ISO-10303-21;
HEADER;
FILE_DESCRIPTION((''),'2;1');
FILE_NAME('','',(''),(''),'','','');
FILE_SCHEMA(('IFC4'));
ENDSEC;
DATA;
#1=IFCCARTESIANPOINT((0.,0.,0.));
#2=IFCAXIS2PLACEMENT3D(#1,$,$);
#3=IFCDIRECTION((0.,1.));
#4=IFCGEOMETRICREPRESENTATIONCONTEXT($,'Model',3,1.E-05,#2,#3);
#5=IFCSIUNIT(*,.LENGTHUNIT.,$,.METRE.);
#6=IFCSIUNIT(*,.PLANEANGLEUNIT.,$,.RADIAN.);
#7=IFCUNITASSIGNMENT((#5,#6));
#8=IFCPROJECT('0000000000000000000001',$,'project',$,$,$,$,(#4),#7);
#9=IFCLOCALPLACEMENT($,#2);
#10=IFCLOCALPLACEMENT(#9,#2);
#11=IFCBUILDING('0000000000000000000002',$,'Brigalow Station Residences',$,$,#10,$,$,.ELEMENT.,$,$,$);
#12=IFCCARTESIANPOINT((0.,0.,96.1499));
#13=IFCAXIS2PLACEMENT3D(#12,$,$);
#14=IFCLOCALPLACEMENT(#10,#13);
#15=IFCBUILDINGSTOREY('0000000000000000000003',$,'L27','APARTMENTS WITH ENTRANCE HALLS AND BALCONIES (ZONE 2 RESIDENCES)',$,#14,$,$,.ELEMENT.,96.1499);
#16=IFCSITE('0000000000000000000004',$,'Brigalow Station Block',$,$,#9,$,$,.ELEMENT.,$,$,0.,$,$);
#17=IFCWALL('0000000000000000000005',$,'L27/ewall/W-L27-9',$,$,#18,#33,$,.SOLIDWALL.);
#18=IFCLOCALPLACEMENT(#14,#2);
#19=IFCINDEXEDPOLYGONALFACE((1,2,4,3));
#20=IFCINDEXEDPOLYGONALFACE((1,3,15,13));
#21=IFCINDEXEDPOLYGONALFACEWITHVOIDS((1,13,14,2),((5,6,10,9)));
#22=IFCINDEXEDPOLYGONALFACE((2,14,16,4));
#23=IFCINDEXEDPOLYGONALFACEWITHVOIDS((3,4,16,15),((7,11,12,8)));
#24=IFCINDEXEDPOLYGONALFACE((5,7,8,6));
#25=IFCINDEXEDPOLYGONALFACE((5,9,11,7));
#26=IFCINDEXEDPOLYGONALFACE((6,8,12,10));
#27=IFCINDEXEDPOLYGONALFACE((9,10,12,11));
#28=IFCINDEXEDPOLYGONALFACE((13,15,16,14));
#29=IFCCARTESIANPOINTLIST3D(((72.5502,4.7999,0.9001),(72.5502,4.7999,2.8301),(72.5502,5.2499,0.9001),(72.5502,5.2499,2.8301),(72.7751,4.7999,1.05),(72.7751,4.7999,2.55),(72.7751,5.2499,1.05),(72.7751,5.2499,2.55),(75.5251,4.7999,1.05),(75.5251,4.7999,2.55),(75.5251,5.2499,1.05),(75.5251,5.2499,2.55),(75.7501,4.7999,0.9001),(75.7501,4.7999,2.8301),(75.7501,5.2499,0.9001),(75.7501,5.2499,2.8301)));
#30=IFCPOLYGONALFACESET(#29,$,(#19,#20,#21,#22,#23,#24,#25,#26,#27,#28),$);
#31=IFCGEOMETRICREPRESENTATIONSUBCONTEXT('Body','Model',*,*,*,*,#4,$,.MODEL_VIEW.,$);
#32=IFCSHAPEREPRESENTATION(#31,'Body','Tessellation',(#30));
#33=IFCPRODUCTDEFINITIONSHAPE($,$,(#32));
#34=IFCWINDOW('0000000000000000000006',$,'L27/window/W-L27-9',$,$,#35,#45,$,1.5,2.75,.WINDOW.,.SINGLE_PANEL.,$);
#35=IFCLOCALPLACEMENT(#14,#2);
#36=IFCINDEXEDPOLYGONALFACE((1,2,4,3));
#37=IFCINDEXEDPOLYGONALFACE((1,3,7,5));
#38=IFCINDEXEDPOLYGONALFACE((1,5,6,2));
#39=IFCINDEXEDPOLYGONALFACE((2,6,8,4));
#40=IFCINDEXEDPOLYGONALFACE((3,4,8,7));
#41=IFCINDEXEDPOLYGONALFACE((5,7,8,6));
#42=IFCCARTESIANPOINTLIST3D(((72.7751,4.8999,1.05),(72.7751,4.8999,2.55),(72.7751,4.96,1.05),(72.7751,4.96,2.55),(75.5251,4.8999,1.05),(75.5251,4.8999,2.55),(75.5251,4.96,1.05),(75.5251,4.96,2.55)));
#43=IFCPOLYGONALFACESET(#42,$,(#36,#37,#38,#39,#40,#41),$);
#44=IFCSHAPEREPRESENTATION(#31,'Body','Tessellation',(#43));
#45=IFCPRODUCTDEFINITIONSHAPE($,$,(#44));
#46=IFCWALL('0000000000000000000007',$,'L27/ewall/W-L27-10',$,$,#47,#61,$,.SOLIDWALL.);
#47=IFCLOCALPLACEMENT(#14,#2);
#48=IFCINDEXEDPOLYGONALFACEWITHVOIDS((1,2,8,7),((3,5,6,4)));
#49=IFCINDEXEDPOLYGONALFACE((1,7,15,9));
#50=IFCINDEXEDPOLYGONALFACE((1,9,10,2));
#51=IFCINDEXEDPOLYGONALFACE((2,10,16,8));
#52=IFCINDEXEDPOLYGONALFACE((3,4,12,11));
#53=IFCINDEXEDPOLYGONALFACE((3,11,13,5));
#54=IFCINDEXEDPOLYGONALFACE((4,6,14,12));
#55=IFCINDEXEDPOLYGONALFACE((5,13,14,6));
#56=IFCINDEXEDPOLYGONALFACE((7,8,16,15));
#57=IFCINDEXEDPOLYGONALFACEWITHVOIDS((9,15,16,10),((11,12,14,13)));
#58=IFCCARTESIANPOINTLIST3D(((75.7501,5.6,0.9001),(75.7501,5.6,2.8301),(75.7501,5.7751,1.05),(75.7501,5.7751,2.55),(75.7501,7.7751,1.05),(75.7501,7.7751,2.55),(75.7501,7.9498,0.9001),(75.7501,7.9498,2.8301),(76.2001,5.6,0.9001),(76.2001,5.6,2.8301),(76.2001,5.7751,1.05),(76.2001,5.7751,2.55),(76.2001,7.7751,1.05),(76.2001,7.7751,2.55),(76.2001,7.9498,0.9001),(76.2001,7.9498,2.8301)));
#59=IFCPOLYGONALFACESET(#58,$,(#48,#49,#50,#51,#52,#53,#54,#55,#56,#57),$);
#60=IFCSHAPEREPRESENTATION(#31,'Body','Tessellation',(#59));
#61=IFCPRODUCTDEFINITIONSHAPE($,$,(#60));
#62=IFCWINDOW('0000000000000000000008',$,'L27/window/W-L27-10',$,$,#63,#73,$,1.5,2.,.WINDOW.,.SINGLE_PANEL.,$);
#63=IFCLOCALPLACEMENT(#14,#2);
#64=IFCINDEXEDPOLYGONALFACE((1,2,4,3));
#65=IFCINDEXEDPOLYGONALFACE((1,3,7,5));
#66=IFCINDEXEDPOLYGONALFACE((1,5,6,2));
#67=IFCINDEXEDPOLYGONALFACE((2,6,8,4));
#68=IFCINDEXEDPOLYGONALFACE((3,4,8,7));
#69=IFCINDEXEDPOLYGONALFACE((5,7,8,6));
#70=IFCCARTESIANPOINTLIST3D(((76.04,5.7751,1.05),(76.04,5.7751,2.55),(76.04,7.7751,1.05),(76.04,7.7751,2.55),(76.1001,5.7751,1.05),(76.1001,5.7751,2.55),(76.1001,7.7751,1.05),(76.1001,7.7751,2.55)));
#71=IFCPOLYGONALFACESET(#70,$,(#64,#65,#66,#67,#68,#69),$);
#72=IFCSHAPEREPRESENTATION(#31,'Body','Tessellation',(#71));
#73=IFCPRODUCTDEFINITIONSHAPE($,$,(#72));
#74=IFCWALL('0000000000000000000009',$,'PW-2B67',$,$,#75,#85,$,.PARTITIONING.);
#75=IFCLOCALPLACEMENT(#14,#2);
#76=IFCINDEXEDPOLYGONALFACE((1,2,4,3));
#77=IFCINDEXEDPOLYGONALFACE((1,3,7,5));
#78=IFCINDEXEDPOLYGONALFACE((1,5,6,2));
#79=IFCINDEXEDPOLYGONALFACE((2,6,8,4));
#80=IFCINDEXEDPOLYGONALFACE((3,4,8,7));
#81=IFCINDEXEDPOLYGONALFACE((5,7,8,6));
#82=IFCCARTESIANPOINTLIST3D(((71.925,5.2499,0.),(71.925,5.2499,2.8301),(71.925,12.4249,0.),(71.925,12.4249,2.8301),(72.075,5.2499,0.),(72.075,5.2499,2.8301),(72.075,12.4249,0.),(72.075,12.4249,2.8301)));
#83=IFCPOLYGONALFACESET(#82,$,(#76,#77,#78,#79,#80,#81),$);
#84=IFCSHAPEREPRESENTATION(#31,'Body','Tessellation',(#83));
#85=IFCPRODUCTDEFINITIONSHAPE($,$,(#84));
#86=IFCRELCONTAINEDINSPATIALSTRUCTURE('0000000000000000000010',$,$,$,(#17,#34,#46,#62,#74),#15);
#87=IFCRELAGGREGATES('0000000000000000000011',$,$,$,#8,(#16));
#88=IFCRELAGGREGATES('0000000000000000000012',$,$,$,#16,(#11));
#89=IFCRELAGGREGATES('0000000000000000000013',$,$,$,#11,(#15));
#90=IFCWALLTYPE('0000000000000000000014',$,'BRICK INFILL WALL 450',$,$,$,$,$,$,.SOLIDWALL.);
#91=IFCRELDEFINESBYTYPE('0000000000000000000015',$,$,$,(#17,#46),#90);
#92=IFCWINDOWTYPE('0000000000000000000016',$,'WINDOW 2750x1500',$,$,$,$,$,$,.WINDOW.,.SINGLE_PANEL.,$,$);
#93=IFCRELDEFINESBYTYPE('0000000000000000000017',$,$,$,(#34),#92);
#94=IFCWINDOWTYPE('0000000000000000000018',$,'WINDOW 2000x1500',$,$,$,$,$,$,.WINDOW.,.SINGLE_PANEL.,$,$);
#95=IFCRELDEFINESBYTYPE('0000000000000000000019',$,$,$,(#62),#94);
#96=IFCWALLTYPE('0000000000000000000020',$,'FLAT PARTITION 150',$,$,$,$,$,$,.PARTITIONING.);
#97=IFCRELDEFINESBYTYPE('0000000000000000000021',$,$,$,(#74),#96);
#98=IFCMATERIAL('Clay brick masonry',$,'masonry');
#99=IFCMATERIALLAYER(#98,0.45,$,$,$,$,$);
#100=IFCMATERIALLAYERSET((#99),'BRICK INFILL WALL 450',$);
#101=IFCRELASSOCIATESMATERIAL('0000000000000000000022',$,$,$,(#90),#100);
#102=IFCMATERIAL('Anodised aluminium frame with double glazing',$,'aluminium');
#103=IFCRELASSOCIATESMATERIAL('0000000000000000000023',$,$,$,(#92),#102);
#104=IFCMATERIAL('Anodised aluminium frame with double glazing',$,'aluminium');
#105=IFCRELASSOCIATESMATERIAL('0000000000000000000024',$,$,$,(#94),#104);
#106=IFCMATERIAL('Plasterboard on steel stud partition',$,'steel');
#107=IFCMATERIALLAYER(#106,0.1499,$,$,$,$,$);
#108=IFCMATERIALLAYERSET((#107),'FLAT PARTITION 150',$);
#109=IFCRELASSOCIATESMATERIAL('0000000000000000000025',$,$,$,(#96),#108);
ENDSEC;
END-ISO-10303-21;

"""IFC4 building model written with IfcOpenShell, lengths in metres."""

from ifc_helpers import new_model, si_unit, direction, frame, frame_2d, origin, place, context, subcontext, project, spatial, rectangle, extrude, material, layer, layer_set, type_object, element, fill, save


model = new_model("IFC4")

# Units and contexts
model_context = context("Model", 3, precision=1e-05, world=origin(), true_north=direction((0.0, 1.0)))
body_context = subcontext(model_context, "Body", "Model", "MODEL_VIEW")
ifc_project = project(units=[si_unit("LENGTHUNIT", "METRE"), si_unit("PLANEANGLEUNIT", "RADIAN")], contexts=[model_context])

# Site, building, storey
site_placement = place(None, origin())
site = spatial("IfcSite", under=ifc_project, at=site_placement, Name="Brigalow Station Block", CompositionType="ELEMENT", RefElevation=0.0)
building_placement = place(site_placement, origin())
building = spatial("IfcBuilding", under=site, at=building_placement, Name="Brigalow Station Residences", CompositionType="ELEMENT")
storey_placement = place(building_placement, frame((0.0, 0.0, 96.1499)))
storey = spatial("IfcBuildingStorey", under=building, at=storey_placement, Name="L27", Description="APARTMENTS WITH ENTRANCE HALLS AND BALCONIES (ZONE 2 RESIDENCES)", CompositionType="ELEMENT", Elevation=96.1499)

# Walls, openings, windows
ifc_material_1 = material(Name="Clay brick masonry", Category="masonry")
ifc_layer_1 = layer(ifc_material_1, 0.45)
ifc_layer_set_1 = layer_set([ifc_layer_1], Name="BRICK INFILL WALL 450")
wall_type_1 = type_object("IfcWallType", Name="BRICK INFILL WALL 450", PredefinedType="SOLIDWALL", material=ifc_layer_set_1)
wall_1_placement = place(storey_placement, frame((72.55, 5.0249, 0.9001), z_axis=(0.0, 0.0, 1.0), x_axis=(1.0, 0.0, 0.0)))
wall_1 = element("IfcWall", 1, at=wall_1_placement, inside=storey, type_object=wall_type_1, Name="L27/ewall/W-L27-9", PredefinedType="SOLIDWALL", context=body_context, shape_type="SweptSolid", body=[
    extrude(rectangle(XDim=3.2, YDim=0.45, at=frame_2d((1.6001, 0.0))), origin(), (0.0, 0.0, 1.0), 1.9299),
])
opening_1_placement = place(wall_1_placement, frame((0.2251, 0.0, 0.1499)))
opening_1 = element("IfcOpeningElement", 2, at=opening_1_placement, cuts=wall_1, PredefinedType="OPENING", context=body_context, shape_type="SweptSolid", body=[
    extrude(rectangle(XDim=2.75, YDim=1.5, at=frame_2d((1.375, 0.75))), frame((0.0, 0.2349, 0.0), z_axis=(0.0, -1.0, 0.0), x_axis=(1.0, 0.0, 0.0)), (0.0, 0.0, 1.0), 0.47),
])
ifc_material_2 = material(Name="Anodised aluminium frame with double glazing", Category="aluminium")
window_type_1 = type_object("IfcWindowType", Name="WINDOW 2750x1500", PartitioningType="SINGLE_PANEL", PredefinedType="WINDOW", material=ifc_material_2)
window_1_placement = place(opening_1_placement, origin())
window_1 = element("IfcWindow", 3, at=window_1_placement, inside=storey, type_object=window_type_1, Name="L27/window/W-L27-9", OverallHeight=1.5, OverallWidth=2.75, PartitioningType="SINGLE_PANEL", PredefinedType="WINDOW", context=body_context, shape_type="SweptSolid", body=[
    extrude(rectangle(XDim=2.75, YDim=1.5, at=frame_2d((1.375, 0.75))), frame((0.0, -0.0649, 0.0), z_axis=(0.0, -1.0, 0.0), x_axis=(1.0, 0.0, 0.0)), (0.0, 0.0, 1.0), 0.0601),
])
fill(opening_1, window_1)
wall_2_placement = place(storey_placement, frame((75.9751, 5.6001, 0.9001), z_axis=(0.0, 0.0, 1.0), x_axis=(0.0, 1.0, 0.0)))
wall_2 = element("IfcWall", 4, at=wall_2_placement, inside=storey, type_object=wall_type_1, Name="L27/ewall/W-L27-10", PredefinedType="SOLIDWALL", context=body_context, shape_type="SweptSolid", body=[
    extrude(rectangle(XDim=2.3499, YDim=0.45, at=frame_2d((1.1748, 0.0))), origin(), (0.0, 0.0, 1.0), 1.9299),
])
opening_2_placement = place(wall_2_placement, frame((0.175, 0.0, 0.1499)))
opening_2 = element("IfcOpeningElement", 5, at=opening_2_placement, cuts=wall_2, PredefinedType="OPENING", context=body_context, shape_type="SweptSolid", body=[
    extrude(rectangle(XDim=2.0, YDim=1.5, at=frame_2d((1.0, 0.75))), frame((0.0, 0.2349, 0.0), z_axis=(0.0, -1.0, 0.0), x_axis=(1.0, 0.0, 0.0)), (0.0, 0.0, 1.0), 0.47),
])
ifc_material_3 = material(Name="Anodised aluminium frame with double glazing", Category="aluminium")
window_type_2 = type_object("IfcWindowType", Name="WINDOW 2000x1500", PartitioningType="SINGLE_PANEL", PredefinedType="WINDOW", material=ifc_material_3)
window_2_placement = place(opening_2_placement, origin())
window_2 = element("IfcWindow", 6, at=window_2_placement, inside=storey, type_object=window_type_2, Name="L27/window/W-L27-10", OverallHeight=1.5, OverallWidth=2.0, PartitioningType="SINGLE_PANEL", PredefinedType="WINDOW", context=body_context, shape_type="SweptSolid", body=[
    extrude(rectangle(XDim=2.0, YDim=1.5, at=frame_2d((1.0, 0.75))), frame((0.0, -0.0649, 0.0), z_axis=(0.0, -1.0, 0.0), x_axis=(1.0, 0.0, 0.0)), (0.0, 0.0, 1.0), 0.0601),
])
fill(opening_2, window_2)

# Wall
ifc_material_4 = material(Name="Plasterboard on steel stud partition", Category="steel")
ifc_layer_2 = layer(ifc_material_4, 0.1499)
ifc_layer_set_2 = layer_set([ifc_layer_2], Name="FLAT PARTITION 150")
wall_type_2 = type_object("IfcWallType", Name="FLAT PARTITION 150", PredefinedType="PARTITIONING", material=ifc_layer_set_2)
wall_3_placement = place(storey_placement, frame((72.0, 5.25, 0.0), z_axis=(0.0, 0.0, 1.0), x_axis=(0.0, 1.0, 0.0)))
element("IfcWall", 7, at=wall_3_placement, inside=storey, type_object=wall_type_2, Name="PW-2B67", PredefinedType="PARTITIONING", context=body_context, shape_type="SweptSolid", body=[
    extrude(rectangle(XDim=7.175, YDim=0.1499, at=frame_2d((3.5874, 0.0))), origin(), (0.0, 0.0, 1.0), 2.8301),
])

save(model, "model.ifc")
